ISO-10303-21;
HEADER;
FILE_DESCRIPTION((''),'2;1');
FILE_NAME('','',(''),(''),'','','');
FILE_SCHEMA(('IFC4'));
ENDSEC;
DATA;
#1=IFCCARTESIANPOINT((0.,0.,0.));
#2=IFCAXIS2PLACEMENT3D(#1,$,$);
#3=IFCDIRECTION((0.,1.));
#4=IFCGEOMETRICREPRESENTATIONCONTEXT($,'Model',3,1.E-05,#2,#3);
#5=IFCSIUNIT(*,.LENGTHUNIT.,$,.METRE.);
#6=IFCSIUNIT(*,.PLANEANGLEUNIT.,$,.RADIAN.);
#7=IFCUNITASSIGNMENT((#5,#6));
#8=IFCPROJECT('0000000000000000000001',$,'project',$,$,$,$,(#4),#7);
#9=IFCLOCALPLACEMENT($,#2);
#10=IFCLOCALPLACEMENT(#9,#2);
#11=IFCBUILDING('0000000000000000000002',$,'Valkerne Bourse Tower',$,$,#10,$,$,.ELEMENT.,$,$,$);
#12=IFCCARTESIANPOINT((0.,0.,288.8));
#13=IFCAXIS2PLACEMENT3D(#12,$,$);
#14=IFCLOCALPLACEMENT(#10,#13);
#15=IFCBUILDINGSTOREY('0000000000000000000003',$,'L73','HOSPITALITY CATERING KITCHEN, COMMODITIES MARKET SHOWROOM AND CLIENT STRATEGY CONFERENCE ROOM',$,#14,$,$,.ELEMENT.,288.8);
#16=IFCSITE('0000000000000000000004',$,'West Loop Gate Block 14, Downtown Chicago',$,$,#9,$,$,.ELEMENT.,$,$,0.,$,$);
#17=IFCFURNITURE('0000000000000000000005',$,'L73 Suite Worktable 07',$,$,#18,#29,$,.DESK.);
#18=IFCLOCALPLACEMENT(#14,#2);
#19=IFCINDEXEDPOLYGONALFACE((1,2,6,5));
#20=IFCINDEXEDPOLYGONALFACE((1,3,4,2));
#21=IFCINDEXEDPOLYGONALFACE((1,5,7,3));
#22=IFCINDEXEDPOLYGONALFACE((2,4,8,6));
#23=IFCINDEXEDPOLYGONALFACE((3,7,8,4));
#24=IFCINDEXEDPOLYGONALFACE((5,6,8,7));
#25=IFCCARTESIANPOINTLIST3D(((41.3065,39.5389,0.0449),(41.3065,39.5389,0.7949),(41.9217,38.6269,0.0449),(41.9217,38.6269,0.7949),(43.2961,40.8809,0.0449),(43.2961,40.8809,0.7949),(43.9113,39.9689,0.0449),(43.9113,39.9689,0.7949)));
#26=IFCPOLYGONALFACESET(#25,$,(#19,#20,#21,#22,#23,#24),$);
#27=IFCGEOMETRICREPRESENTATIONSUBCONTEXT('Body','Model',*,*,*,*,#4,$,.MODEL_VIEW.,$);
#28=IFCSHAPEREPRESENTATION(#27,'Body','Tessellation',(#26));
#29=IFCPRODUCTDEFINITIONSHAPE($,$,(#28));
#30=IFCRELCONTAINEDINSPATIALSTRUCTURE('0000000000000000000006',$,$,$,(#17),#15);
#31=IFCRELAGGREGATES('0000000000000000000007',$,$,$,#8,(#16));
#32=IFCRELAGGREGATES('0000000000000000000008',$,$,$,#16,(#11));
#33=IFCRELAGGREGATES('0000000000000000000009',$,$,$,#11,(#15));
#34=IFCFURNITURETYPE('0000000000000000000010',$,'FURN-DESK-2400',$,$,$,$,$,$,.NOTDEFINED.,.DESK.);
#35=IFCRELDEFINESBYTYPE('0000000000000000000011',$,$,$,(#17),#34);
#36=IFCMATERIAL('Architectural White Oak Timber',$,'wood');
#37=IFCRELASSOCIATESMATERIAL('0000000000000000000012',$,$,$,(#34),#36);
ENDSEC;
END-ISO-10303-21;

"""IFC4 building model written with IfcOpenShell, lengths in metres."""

from ifc_helpers import new_model, si_unit, direction, frame, origin, origin_2d, place, context, subcontext, project, spatial, rectangle, extrude, material, type_object, element, save


model = new_model("IFC4")

# Units and contexts
model_context = context("Model", 3, precision=1e-05, world=origin(), true_north=direction((0.0, 1.0)))
body_context = subcontext(model_context, "Body", "Model", "MODEL_VIEW")
ifc_project = project(units=[si_unit("LENGTHUNIT", "METRE"), si_unit("PLANEANGLEUNIT", "RADIAN")], contexts=[model_context])

# Site, building, storey
site_placement = place(None, origin())
site = spatial("IfcSite", under=ifc_project, at=site_placement, Name="West Loop Gate Block 14, Downtown Chicago", CompositionType="ELEMENT", RefElevation=0.0)
building_placement = place(site_placement, origin())
building = spatial("IfcBuilding", under=site, at=building_placement, Name="Valkerne Bourse Tower", CompositionType="ELEMENT")
storey_placement = place(building_placement, frame((0.0, 0.0, 288.8)))
storey = spatial("IfcBuildingStorey", under=building, at=storey_placement, Name="L73", Description="HOSPITALITY CATERING KITCHEN, COMMODITIES MARKET SHOWROOM AND CLIENT STRATEGY CONFERENCE ROOM", CompositionType="ELEMENT", Elevation=288.8)

# Furniture
ifc_material_1 = material(Name="Architectural White Oak Timber", Category="wood")
furniture_type_1 = type_object("IfcFurnitureType", Name="FURN-DESK-2400", AssemblyPlace="NOTDEFINED", PredefinedType="DESK", material=ifc_material_1)
furniture_1_placement = place(storey_placement, frame((42.6089, 39.7539, 0.0449), z_axis=(0.0, 0.0, 1.0), x_axis=(0.829038, 0.559193, 0.0)))
element("IfcFurniture", 1, at=furniture_1_placement, inside=storey, type_object=furniture_type_1, Name="L73 Suite Worktable 07", PredefinedType="DESK", context=body_context, shape_type="SweptSolid", body=[
    extrude(rectangle(XDim=2.3999, YDim=1.1001, at=origin_2d()), origin(), (0.0, 0.0, 1.0), 0.75),
])

save(model, "model.ifc")
